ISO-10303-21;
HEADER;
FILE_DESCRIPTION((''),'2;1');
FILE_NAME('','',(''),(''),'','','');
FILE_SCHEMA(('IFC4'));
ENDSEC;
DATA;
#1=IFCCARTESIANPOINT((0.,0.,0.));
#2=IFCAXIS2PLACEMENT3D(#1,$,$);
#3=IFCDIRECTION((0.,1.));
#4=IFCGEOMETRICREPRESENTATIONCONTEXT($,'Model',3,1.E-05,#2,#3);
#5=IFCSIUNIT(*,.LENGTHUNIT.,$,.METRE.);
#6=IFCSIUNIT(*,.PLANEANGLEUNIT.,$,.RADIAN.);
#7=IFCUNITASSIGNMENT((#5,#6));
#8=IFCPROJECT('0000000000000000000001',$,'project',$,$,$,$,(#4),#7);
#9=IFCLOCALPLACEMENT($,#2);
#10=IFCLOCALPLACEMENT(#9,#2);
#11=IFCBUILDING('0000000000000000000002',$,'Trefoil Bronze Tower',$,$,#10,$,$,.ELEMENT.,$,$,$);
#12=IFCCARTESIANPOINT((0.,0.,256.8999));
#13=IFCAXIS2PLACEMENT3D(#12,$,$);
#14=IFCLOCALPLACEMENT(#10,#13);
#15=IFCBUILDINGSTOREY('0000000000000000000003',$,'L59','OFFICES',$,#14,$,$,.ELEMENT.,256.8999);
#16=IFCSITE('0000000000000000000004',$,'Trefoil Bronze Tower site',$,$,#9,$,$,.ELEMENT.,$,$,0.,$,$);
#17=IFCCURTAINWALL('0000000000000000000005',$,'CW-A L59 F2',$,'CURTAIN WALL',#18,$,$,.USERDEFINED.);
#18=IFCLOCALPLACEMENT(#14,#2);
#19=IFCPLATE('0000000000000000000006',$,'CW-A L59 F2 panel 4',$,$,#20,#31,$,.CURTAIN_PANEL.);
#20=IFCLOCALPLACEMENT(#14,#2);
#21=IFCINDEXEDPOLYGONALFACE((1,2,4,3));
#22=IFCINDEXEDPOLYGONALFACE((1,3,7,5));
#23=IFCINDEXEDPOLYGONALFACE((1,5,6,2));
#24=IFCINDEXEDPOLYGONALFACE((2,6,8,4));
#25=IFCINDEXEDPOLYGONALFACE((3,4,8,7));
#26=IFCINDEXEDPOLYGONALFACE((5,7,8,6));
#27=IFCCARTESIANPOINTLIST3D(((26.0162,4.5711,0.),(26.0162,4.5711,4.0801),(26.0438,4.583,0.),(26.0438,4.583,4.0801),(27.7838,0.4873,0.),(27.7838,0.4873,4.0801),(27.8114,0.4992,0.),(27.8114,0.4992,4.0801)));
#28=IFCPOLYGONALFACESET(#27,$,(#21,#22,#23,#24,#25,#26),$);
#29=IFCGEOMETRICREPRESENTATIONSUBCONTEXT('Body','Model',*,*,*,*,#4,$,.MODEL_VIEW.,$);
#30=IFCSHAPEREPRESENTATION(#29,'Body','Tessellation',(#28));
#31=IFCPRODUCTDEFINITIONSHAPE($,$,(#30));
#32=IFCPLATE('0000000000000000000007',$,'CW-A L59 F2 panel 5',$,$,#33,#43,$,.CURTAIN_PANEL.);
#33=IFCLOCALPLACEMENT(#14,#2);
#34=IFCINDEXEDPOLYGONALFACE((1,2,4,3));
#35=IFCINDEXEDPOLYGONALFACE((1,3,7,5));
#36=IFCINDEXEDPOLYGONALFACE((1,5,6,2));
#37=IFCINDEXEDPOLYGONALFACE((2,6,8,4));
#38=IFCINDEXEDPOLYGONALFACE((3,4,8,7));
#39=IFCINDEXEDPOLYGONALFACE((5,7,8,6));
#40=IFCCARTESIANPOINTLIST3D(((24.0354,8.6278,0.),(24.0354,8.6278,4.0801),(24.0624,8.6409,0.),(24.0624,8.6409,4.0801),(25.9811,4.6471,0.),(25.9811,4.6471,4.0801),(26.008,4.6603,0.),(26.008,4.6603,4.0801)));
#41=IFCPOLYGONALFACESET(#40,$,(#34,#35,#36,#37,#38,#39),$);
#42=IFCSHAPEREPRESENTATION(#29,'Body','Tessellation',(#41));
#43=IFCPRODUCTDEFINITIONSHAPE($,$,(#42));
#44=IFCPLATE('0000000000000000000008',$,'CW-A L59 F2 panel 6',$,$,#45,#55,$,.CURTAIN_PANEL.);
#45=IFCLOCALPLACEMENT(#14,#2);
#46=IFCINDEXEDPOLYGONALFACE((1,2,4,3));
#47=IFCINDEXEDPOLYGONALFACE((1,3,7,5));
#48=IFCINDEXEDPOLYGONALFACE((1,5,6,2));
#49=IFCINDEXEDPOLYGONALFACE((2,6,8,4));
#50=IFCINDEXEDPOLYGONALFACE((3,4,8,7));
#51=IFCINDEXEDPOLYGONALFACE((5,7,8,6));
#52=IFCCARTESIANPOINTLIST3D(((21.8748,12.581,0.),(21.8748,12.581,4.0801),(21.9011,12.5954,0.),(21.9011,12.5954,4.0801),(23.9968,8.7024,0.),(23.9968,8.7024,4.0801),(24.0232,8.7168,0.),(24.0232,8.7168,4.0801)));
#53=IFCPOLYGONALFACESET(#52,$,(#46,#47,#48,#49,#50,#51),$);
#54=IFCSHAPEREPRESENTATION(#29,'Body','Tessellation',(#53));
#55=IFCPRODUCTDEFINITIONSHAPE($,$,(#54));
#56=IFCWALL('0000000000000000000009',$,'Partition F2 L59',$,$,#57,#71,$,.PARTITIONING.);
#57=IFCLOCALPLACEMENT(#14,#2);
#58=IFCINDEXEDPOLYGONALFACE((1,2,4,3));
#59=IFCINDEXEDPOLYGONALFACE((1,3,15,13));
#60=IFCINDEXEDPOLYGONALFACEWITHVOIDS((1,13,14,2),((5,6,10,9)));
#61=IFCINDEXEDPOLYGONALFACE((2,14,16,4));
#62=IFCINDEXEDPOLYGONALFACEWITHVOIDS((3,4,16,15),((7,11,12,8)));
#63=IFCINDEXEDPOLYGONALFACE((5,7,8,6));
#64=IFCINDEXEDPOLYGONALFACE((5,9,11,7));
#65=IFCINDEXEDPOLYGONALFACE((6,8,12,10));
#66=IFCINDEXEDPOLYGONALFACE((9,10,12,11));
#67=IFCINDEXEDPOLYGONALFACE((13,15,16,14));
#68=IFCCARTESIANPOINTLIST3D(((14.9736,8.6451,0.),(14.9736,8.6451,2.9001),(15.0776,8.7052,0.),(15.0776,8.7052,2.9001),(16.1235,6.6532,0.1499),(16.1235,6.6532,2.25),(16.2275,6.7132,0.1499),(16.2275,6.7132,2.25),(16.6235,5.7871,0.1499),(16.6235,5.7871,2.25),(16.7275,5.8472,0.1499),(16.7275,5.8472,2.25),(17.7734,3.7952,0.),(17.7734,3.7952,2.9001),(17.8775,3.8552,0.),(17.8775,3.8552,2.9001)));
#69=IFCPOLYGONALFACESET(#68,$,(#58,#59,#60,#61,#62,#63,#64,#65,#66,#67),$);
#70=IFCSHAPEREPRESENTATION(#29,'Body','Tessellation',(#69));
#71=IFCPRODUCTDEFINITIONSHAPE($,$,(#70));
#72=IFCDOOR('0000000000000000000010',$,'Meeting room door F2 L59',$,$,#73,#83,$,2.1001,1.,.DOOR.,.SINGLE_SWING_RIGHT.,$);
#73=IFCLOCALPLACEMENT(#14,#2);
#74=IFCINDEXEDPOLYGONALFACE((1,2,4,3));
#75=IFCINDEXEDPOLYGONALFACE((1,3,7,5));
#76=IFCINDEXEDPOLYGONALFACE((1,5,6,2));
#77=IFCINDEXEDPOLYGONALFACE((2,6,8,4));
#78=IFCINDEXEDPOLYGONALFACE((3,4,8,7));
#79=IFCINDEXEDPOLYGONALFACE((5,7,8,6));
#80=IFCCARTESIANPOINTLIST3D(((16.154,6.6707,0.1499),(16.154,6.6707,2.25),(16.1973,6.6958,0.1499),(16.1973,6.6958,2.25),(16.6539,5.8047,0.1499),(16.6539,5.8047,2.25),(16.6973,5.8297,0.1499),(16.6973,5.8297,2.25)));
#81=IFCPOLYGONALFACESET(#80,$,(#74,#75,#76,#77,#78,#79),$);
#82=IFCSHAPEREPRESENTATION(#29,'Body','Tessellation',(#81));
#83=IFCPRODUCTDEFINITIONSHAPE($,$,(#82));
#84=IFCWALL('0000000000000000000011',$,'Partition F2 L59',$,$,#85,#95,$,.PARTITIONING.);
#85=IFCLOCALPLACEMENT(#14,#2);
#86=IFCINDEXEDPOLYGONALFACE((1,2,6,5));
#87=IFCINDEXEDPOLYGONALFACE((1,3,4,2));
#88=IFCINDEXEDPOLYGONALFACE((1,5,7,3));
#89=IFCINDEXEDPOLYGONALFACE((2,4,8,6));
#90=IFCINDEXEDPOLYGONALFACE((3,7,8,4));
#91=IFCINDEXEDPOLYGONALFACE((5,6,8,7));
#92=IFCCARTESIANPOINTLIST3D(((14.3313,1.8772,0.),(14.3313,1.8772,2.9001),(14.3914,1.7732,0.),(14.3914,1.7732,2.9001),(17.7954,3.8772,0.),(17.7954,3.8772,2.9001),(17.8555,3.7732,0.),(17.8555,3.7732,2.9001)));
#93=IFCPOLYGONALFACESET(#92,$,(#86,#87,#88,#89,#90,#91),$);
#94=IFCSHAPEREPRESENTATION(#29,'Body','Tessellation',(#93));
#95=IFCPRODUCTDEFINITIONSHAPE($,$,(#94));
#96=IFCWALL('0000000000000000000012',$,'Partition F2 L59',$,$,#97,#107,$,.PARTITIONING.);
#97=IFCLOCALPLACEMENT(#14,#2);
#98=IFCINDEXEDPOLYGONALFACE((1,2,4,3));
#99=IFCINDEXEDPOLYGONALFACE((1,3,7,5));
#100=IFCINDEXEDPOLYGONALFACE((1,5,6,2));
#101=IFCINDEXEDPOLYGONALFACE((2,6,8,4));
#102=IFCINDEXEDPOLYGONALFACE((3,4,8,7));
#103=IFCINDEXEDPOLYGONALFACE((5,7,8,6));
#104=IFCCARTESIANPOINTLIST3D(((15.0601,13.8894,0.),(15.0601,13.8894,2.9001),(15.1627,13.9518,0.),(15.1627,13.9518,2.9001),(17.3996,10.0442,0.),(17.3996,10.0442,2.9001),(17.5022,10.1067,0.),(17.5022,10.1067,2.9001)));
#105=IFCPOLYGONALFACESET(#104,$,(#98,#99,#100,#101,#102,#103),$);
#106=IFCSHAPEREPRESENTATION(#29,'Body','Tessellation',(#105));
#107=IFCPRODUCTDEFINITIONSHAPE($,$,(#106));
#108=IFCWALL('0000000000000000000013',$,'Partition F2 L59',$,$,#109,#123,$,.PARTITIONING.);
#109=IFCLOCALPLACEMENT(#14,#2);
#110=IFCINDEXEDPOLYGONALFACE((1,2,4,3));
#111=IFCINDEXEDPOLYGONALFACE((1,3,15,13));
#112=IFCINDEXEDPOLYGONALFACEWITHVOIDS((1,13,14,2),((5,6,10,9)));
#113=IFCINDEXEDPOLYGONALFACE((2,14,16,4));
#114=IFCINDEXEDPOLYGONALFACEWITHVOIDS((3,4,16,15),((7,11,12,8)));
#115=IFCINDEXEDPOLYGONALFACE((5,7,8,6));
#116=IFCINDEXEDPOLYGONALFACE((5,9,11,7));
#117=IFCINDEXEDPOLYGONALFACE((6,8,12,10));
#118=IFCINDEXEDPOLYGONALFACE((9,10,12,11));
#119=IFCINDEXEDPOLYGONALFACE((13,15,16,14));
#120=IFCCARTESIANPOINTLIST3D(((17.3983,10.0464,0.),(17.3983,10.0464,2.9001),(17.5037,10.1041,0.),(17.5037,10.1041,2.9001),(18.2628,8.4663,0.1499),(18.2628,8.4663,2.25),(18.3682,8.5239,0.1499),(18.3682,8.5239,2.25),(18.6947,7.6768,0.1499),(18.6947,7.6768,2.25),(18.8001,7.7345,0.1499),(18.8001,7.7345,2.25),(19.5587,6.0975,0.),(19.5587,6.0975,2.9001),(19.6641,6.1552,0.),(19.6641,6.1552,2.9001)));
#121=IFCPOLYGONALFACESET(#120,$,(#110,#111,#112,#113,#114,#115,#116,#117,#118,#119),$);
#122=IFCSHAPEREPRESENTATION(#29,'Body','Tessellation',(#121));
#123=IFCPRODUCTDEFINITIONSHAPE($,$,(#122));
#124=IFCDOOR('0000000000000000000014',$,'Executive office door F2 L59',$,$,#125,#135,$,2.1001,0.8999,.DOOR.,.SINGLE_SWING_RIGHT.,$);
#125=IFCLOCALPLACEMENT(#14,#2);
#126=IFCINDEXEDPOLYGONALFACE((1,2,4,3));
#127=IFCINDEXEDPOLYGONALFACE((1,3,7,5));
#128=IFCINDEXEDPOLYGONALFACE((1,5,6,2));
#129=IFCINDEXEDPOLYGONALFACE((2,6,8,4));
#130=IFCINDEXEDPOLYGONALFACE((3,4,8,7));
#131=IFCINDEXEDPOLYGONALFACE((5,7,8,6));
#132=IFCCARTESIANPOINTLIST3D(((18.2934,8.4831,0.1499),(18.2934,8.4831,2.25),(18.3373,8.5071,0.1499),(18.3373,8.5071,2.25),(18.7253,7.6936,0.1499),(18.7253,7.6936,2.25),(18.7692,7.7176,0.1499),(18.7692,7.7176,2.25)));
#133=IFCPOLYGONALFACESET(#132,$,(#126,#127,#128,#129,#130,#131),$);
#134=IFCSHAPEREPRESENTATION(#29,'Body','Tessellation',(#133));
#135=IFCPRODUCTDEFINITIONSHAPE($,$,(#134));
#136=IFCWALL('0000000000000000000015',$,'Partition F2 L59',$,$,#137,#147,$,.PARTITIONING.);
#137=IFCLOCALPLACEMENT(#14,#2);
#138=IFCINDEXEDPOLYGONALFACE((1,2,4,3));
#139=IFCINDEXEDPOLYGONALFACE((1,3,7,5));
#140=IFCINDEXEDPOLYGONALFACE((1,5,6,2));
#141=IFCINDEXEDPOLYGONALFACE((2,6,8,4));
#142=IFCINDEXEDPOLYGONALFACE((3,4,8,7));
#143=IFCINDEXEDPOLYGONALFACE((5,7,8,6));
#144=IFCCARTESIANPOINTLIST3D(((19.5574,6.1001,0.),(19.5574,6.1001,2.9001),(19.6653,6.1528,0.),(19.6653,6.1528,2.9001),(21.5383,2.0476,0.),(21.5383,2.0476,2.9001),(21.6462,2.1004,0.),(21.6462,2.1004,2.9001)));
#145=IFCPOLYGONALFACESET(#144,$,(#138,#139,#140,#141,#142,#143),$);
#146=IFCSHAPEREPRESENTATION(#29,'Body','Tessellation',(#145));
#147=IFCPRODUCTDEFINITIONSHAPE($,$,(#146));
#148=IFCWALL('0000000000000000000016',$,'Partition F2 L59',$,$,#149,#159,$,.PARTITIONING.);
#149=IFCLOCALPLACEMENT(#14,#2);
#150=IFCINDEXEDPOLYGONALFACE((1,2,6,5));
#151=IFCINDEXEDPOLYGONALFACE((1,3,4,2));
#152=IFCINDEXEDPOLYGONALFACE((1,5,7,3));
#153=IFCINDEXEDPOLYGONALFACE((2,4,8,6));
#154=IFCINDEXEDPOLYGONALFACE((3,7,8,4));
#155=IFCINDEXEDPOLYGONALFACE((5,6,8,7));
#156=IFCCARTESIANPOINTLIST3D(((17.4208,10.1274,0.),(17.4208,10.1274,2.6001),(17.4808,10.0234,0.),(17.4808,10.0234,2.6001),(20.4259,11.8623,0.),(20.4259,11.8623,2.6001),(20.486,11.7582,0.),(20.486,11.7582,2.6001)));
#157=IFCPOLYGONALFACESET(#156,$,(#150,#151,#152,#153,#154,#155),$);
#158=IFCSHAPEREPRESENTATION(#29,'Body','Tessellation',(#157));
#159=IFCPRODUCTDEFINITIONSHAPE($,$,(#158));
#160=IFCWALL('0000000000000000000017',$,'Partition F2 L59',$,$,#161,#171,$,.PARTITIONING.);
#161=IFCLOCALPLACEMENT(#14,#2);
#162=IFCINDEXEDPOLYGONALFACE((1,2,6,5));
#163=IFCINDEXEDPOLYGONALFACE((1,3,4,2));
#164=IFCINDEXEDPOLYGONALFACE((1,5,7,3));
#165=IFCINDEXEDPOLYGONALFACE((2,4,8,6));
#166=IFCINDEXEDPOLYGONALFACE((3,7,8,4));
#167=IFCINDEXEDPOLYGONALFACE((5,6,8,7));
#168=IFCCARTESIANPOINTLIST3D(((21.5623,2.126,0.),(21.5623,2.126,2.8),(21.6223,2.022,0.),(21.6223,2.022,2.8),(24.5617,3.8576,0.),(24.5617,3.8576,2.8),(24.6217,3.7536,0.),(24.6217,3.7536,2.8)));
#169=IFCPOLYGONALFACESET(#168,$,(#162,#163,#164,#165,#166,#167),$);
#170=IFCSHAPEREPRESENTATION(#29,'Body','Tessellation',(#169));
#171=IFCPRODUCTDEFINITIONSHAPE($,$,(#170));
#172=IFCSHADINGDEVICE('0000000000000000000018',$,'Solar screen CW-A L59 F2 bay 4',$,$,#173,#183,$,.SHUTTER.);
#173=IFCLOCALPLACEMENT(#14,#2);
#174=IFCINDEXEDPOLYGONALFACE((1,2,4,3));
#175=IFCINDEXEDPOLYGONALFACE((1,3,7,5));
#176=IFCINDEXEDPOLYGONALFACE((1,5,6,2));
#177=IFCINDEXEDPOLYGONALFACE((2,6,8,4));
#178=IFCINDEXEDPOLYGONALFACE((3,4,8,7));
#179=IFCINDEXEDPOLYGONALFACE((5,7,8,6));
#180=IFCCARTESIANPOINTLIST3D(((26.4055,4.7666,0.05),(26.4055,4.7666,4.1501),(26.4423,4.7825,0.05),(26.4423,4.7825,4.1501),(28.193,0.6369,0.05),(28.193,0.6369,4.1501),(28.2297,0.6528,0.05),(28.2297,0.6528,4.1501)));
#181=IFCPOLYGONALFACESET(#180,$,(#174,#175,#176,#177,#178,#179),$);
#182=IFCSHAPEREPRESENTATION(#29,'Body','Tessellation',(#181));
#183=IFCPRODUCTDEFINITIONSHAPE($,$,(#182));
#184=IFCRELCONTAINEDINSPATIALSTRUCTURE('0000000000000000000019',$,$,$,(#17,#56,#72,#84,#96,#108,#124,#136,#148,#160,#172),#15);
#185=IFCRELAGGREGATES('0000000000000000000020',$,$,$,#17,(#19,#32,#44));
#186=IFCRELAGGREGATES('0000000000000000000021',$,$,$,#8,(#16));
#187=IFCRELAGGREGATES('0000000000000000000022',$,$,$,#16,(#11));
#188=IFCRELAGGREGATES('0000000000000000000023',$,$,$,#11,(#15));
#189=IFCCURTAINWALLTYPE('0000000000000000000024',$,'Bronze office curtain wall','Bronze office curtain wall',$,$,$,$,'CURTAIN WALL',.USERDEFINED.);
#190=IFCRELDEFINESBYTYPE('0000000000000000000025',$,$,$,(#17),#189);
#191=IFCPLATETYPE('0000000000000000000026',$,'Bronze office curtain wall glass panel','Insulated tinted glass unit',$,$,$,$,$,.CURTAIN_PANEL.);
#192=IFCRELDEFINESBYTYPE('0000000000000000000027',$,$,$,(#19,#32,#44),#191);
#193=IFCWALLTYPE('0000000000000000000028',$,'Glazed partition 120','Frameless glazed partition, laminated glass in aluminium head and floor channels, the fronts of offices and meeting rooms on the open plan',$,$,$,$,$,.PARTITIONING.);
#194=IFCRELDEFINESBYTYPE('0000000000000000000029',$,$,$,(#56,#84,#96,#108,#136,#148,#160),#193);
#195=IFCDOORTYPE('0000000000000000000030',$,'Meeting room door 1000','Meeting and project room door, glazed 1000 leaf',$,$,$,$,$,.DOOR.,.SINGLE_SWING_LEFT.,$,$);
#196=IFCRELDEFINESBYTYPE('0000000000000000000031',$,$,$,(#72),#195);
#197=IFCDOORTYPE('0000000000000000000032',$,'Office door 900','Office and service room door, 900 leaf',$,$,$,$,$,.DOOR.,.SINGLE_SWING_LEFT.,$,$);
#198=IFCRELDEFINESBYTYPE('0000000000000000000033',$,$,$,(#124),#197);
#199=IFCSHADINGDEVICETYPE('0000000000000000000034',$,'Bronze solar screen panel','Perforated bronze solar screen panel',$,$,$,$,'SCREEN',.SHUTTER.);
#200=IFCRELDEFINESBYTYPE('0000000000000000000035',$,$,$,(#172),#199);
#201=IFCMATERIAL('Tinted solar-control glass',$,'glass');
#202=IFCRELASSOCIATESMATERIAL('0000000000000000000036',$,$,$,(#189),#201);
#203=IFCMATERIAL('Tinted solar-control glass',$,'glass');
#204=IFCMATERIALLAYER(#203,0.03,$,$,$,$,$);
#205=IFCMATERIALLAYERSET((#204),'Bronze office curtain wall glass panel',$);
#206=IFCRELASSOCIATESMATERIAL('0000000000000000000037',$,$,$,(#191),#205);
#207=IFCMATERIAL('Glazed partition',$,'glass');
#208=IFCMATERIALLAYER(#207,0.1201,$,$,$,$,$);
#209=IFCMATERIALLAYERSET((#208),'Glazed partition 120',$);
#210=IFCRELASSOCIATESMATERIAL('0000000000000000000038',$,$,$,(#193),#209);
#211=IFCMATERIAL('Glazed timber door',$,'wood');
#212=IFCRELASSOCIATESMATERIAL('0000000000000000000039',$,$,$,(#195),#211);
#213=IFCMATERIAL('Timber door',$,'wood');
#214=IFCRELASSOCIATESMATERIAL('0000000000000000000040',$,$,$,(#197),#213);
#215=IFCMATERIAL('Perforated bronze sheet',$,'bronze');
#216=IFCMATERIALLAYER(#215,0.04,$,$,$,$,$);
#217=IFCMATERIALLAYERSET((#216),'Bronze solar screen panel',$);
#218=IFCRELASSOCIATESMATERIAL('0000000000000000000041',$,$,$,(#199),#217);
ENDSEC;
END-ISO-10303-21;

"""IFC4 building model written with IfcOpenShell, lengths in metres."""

from ifc_helpers import new_model, si_unit, direction, frame, frame_2d, origin, origin_2d, place, context, subcontext, project, spatial, rectangle, extrude, material, layer, layer_set, type_object, element, fill, aggregate, save


model = new_model("IFC4")

# Units and contexts
model_context = context("Model", 3, precision=1e-05, world=origin(), true_north=direction((0.0, 1.0)))
body_context = subcontext(model_context, "Body", "Model", "MODEL_VIEW")
ifc_project = project(units=[si_unit("LENGTHUNIT", "METRE"), si_unit("PLANEANGLEUNIT", "RADIAN")], contexts=[model_context])

# Site, building, storey
site_placement = place(None, origin())
site = spatial("IfcSite", under=ifc_project, at=site_placement, Name="Trefoil Bronze Tower site", CompositionType="ELEMENT", RefElevation=0.0)
building_placement = place(site_placement, origin())
building = spatial("IfcBuilding", under=site, at=building_placement, Name="Trefoil Bronze Tower", CompositionType="ELEMENT")
storey_placement = place(building_placement, frame((0.0, 0.0, 256.8999)))
storey = spatial("IfcBuildingStorey", under=building, at=storey_placement, Name="L59", Description="OFFICES", CompositionType="ELEMENT", Elevation=256.8999)

# Curtain wall
ifc_material_1 = material(Name="Tinted solar-control glass", Category="glass")
curtain_wall_type = type_object("IfcCurtainWallType", Name="Bronze office curtain wall", Description="Bronze office curtain wall", ElementType="CURTAIN WALL", PredefinedType="USERDEFINED", material=ifc_material_1)
curtain_wall_placement = place(storey_placement, origin())
curtain_wall = element("IfcCurtainWall", 1, at=curtain_wall_placement, inside=storey, type_object=curtain_wall_type, Name="CW-A L59 F2", ObjectType="CURTAIN WALL", PredefinedType="USERDEFINED")

# Plates
ifc_material_2 = material(Name="Tinted solar-control glass", Category="glass")
ifc_layer_1 = layer(ifc_material_2, 0.03)
ifc_layer_set_1 = layer_set([ifc_layer_1], Name="Bronze office curtain wall glass panel")
plate_type = type_object("IfcPlateType", Name="Bronze office curtain wall glass panel", Description="Insulated tinted glass unit", PredefinedType="CURTAIN_PANEL", material=ifc_layer_set_1)
plate_1_placement = place(storey_placement, frame((26.9138, 2.5352, 0.0), z_axis=(0.0, 0.0, 1.0), x_axis=(-0.39722, 0.917723, 0.0)))
plate_1 = element("IfcPlate", 2, at=plate_1_placement, type_object=plate_type, Name="CW-A L59 F2 panel 4", PredefinedType="CURTAIN_PANEL", context=body_context, shape_type="SweptSolid", body=[
    extrude(rectangle(XDim=4.45, YDim=0.03, at=origin_2d()), origin(), (0.0, 0.0, 1.0), 4.0801),
])
plate_2_placement = place(storey_placement, frame((25.0217, 6.644, 0.0), z_axis=(0.0, 0.0, 1.0), x_axis=(-0.439129, 0.898424, 0.0)))
plate_2 = element("IfcPlate", 3, at=plate_2_placement, type_object=plate_type, Name="CW-A L59 F2 panel 5", PredefinedType="CURTAIN_PANEL", context=body_context, shape_type="SweptSolid", body=[
    extrude(rectangle(XDim=4.4307, YDim=0.03, at=origin_2d()), origin(), (0.0, 0.0, 1.0), 4.0801),
])
plate_3_placement = place(storey_placement, frame((22.949, 10.6489, 0.0), z_axis=(0.0, 0.0, 1.0), x_axis=(-0.479974, 0.877283, 0.0)))
plate_3 = element("IfcPlate", 4, at=plate_3_placement, type_object=plate_type, Name="CW-A L59 F2 panel 6", PredefinedType="CURTAIN_PANEL", context=body_context, shape_type="SweptSolid", body=[
    extrude(rectangle(XDim=4.4211, YDim=0.03, at=origin_2d()), origin(), (0.0, 0.0, 1.0), 4.0801),
])
aggregate(curtain_wall, [plate_1, plate_2, plate_3])

# Wall, opening, door
ifc_material_3 = material(Name="Glazed partition", Category="glass")
ifc_layer_2 = layer(ifc_material_3, 0.1201)
ifc_layer_set_2 = layer_set([ifc_layer_2], Name="Glazed partition 120")
wall_type = type_object("IfcWallType", Name="Glazed partition 120", Description="Frameless glazed partition, laminated glass in aluminium head and floor channels, the fronts of offices and meeting rooms on the open plan", PredefinedType="PARTITIONING", material=ifc_layer_set_2)
wall_1_placement = place(storey_placement, frame((17.8254, 3.8252, 0.0), z_axis=(0.0, 0.0, 1.0), x_axis=(-0.499965, 0.866045, 0.0)))
wall_1 = element("IfcWall", 5, at=wall_1_placement, inside=storey, type_object=wall_type, Name="Partition F2 L59", PredefinedType="PARTITIONING", context=body_context, shape_type="SweptSolid", body=[
    extrude(rectangle(XDim=5.6001, YDim=0.1201, at=frame_2d((2.8, 0.0))), origin(), (0.0, 0.0, 1.0), 2.9001),
])
opening_1_placement = place(wall_1_placement, frame((2.3, 0.0, 0.1499)))
opening_1 = element("IfcOpeningElement", 6, at=opening_1_placement, cuts=wall_1, PredefinedType="OPENING", context=body_context, shape_type="SweptSolid", body=[
    extrude(rectangle(XDim=1.0, YDim=2.1001, at=frame_2d((0.5, 1.05))), frame((0.0, 0.0701, 0.0), z_axis=(0.0, -1.0, 0.0), x_axis=(1.0, 0.0, 0.0)), (0.0, 0.0, 1.0), 0.1401),
])
ifc_material_4 = material(Name="Glazed timber door", Category="wood")
door_type_1 = type_object("IfcDoorType", Name="Meeting room door 1000", Description="Meeting and project room door, glazed 1000 leaf", OperationType="SINGLE_SWING_LEFT", PredefinedType="DOOR", material=ifc_material_4)
door_1_placement = place(opening_1_placement, origin())
door_1 = element("IfcDoor", 7, at=door_1_placement, inside=storey, type_object=door_type_1, Name="Meeting room door F2 L59", OperationType="SINGLE_SWING_RIGHT", OverallHeight=2.1001, OverallWidth=1.0, PredefinedType="DOOR", context=body_context, shape_type="SweptSolid", body=[
    extrude(rectangle(XDim=1.0, YDim=2.1001, at=frame_2d((0.5, 1.05))), frame((0.0, 0.0249, 0.0), z_axis=(0.0, -1.0, 0.0), x_axis=(1.0, 0.0, 0.0)), (0.0, 0.0, 1.0), 0.05),
])
fill(opening_1, door_1)

# Walls
wall_2_placement = place(storey_placement, frame((14.3613, 1.8252, 0.0), z_axis=(0.0, 0.0, 1.0), x_axis=(0.866026, 0.499999, 0.0)))
element("IfcWall", 8, at=wall_2_placement, inside=storey, type_object=wall_type, Name="Partition F2 L59", PredefinedType="PARTITIONING", context=body_context, shape_type="SweptSolid", body=[
    extrude(rectangle(XDim=4.0, YDim=0.1201, at=frame_2d((2.0, 0.0))), origin(), (0.0, 0.0, 1.0), 2.9001),
])
wall_3_placement = place(storey_placement, frame((17.4509, 10.0754, 0.0), z_axis=(0.0, 0.0, 1.0), x_axis=(-0.51979, 0.854294, 0.0)))
element("IfcWall", 9, at=wall_3_placement, inside=storey, type_object=wall_type, Name="Partition F2 L59", PredefinedType="PARTITIONING", context=body_context, shape_type="SweptSolid", body=[
    extrude(rectangle(XDim=4.501, YDim=0.1201, at=frame_2d((2.2505, 0.0))), origin(), (0.0, 0.0, 1.0), 2.9001),
])

# Wall, opening, door
wall_4_placement = place(storey_placement, frame((19.6113, 6.1265, 0.0), z_axis=(0.0, 0.0, 1.0), x_axis=(-0.47995, 0.877296, 0.0)))
wall_4 = element("IfcWall", 10, at=wall_4_placement, inside=storey, type_object=wall_type, Name="Partition F2 L59", PredefinedType="PARTITIONING", context=body_context, shape_type="SweptSolid", body=[
    extrude(rectangle(XDim=4.5012, YDim=0.1201, at=frame_2d((2.2505, 0.0))), origin(), (0.0, 0.0, 1.0), 2.9001),
])
opening_2_placement = place(wall_4_placement, frame((1.8, 0.0, 0.1499)))
opening_2 = element("IfcOpeningElement", 11, at=opening_2_placement, cuts=wall_4, PredefinedType="OPENING", context=body_context, shape_type="SweptSolid", body=[
    extrude(rectangle(XDim=0.8999, YDim=2.1001, at=frame_2d((0.45, 1.05))), frame((0.0, 0.0701, 0.0), z_axis=(0.0, -1.0, 0.0), x_axis=(1.0, 0.0, 0.0)), (0.0, 0.0, 1.0), 0.1401),
])
ifc_material_5 = material(Name="Timber door", Category="wood")
door_type_2 = type_object("IfcDoorType", Name="Office door 900", Description="Office and service room door, 900 leaf", OperationType="SINGLE_SWING_LEFT", PredefinedType="DOOR", material=ifc_material_5)
door_2_placement = place(opening_2_placement, frame((0.8999, 0.0, 0.0), z_axis=(0.0, 0.0, 1.0), x_axis=(-1.0, 0.0, 0.0)))
door_2 = element("IfcDoor", 12, at=door_2_placement, inside=storey, type_object=door_type_2, Name="Executive office door F2 L59", OperationType="SINGLE_SWING_RIGHT", OverallHeight=2.1001, OverallWidth=0.8999, PredefinedType="DOOR", context=body_context, shape_type="SweptSolid", body=[
    extrude(rectangle(XDim=0.8999, YDim=2.1001, at=frame_2d((0.45, 1.05))), frame((0.0, 0.0249, 0.0), z_axis=(0.0, -1.0, 0.0), x_axis=(1.0, 0.0, 0.0)), (0.0, 0.0, 1.0), 0.05),
])
fill(opening_2, door_2)

# Walls
wall_5_placement = place(storey_placement, frame((21.5923, 2.074, 0.0), z_axis=(0.0, 0.0, 1.0), x_axis=(-0.439164, 0.898407, 0.0)))
element("IfcWall", 13, at=wall_5_placement, inside=storey, type_object=wall_type, Name="Partition F2 L59", PredefinedType="PARTITIONING", context=body_context, shape_type="SweptSolid", body=[
    extrude(rectangle(XDim=4.5107, YDim=0.1201, at=frame_2d((2.2554, 0.0))), origin(), (0.0, 0.0, 1.0), 2.9001),
])
wall_6_placement = place(storey_placement, frame((17.4509, 10.0754, 0.0), z_axis=(0.0, 0.0, 1.0), x_axis=(0.866044, 0.499968, 0.0)))
element("IfcWall", 14, at=wall_6_placement, inside=storey, type_object=wall_type, Name="Partition F2 L59", PredefinedType="PARTITIONING", context=body_context, shape_type="SweptSolid", body=[
    extrude(rectangle(XDim=3.47, YDim=0.1201, at=frame_2d((1.7349, 0.0))), origin(), (0.0, 0.0, 1.0), 2.6001),
])
wall_7_placement = place(storey_placement, frame((21.5923, 2.074, 0.0), z_axis=(0.0, 0.0, 1.0), x_axis=(0.866035, 0.499983, 0.0)))
element("IfcWall", 15, at=wall_7_placement, inside=storey, type_object=wall_type, Name="Partition F2 L59", PredefinedType="PARTITIONING", context=body_context, shape_type="SweptSolid", body=[
    extrude(rectangle(XDim=3.4634, YDim=0.1201, at=frame_2d((1.7317, 0.0))), origin(), (0.0, 0.0, 1.0), 2.8),
])

# Shading device
ifc_material_6 = material(Name="Perforated bronze sheet", Category="bronze")
ifc_layer_3 = layer(ifc_material_6, 0.04)
ifc_layer_set_3 = layer_set([ifc_layer_3], Name="Bronze solar screen panel")
shading_device_type = type_object("IfcShadingDeviceType", Name="Bronze solar screen panel", Description="Perforated bronze solar screen panel", ElementType="SCREEN", PredefinedType="SHUTTER", material=ifc_layer_set_3)
shading_device_1_placement = place(storey_placement, frame((27.3176, 2.7097, 0.05), z_axis=(0.0, 0.0, 1.0), x_axis=(-0.39722, 0.917723, 0.0)))
element("IfcShadingDevice", 16, at=shading_device_1_placement, inside=storey, type_object=shading_device_type, Name="Solar screen CW-A L59 F2 bay 4", PredefinedType="SHUTTER", context=body_context, shape_type="SweptSolid", body=[
    extrude(rectangle(XDim=4.5, YDim=0.04, at=origin_2d()), origin(), (0.0, 0.0, 1.0), 4.1001),
])

save(model, "model.ifc")
